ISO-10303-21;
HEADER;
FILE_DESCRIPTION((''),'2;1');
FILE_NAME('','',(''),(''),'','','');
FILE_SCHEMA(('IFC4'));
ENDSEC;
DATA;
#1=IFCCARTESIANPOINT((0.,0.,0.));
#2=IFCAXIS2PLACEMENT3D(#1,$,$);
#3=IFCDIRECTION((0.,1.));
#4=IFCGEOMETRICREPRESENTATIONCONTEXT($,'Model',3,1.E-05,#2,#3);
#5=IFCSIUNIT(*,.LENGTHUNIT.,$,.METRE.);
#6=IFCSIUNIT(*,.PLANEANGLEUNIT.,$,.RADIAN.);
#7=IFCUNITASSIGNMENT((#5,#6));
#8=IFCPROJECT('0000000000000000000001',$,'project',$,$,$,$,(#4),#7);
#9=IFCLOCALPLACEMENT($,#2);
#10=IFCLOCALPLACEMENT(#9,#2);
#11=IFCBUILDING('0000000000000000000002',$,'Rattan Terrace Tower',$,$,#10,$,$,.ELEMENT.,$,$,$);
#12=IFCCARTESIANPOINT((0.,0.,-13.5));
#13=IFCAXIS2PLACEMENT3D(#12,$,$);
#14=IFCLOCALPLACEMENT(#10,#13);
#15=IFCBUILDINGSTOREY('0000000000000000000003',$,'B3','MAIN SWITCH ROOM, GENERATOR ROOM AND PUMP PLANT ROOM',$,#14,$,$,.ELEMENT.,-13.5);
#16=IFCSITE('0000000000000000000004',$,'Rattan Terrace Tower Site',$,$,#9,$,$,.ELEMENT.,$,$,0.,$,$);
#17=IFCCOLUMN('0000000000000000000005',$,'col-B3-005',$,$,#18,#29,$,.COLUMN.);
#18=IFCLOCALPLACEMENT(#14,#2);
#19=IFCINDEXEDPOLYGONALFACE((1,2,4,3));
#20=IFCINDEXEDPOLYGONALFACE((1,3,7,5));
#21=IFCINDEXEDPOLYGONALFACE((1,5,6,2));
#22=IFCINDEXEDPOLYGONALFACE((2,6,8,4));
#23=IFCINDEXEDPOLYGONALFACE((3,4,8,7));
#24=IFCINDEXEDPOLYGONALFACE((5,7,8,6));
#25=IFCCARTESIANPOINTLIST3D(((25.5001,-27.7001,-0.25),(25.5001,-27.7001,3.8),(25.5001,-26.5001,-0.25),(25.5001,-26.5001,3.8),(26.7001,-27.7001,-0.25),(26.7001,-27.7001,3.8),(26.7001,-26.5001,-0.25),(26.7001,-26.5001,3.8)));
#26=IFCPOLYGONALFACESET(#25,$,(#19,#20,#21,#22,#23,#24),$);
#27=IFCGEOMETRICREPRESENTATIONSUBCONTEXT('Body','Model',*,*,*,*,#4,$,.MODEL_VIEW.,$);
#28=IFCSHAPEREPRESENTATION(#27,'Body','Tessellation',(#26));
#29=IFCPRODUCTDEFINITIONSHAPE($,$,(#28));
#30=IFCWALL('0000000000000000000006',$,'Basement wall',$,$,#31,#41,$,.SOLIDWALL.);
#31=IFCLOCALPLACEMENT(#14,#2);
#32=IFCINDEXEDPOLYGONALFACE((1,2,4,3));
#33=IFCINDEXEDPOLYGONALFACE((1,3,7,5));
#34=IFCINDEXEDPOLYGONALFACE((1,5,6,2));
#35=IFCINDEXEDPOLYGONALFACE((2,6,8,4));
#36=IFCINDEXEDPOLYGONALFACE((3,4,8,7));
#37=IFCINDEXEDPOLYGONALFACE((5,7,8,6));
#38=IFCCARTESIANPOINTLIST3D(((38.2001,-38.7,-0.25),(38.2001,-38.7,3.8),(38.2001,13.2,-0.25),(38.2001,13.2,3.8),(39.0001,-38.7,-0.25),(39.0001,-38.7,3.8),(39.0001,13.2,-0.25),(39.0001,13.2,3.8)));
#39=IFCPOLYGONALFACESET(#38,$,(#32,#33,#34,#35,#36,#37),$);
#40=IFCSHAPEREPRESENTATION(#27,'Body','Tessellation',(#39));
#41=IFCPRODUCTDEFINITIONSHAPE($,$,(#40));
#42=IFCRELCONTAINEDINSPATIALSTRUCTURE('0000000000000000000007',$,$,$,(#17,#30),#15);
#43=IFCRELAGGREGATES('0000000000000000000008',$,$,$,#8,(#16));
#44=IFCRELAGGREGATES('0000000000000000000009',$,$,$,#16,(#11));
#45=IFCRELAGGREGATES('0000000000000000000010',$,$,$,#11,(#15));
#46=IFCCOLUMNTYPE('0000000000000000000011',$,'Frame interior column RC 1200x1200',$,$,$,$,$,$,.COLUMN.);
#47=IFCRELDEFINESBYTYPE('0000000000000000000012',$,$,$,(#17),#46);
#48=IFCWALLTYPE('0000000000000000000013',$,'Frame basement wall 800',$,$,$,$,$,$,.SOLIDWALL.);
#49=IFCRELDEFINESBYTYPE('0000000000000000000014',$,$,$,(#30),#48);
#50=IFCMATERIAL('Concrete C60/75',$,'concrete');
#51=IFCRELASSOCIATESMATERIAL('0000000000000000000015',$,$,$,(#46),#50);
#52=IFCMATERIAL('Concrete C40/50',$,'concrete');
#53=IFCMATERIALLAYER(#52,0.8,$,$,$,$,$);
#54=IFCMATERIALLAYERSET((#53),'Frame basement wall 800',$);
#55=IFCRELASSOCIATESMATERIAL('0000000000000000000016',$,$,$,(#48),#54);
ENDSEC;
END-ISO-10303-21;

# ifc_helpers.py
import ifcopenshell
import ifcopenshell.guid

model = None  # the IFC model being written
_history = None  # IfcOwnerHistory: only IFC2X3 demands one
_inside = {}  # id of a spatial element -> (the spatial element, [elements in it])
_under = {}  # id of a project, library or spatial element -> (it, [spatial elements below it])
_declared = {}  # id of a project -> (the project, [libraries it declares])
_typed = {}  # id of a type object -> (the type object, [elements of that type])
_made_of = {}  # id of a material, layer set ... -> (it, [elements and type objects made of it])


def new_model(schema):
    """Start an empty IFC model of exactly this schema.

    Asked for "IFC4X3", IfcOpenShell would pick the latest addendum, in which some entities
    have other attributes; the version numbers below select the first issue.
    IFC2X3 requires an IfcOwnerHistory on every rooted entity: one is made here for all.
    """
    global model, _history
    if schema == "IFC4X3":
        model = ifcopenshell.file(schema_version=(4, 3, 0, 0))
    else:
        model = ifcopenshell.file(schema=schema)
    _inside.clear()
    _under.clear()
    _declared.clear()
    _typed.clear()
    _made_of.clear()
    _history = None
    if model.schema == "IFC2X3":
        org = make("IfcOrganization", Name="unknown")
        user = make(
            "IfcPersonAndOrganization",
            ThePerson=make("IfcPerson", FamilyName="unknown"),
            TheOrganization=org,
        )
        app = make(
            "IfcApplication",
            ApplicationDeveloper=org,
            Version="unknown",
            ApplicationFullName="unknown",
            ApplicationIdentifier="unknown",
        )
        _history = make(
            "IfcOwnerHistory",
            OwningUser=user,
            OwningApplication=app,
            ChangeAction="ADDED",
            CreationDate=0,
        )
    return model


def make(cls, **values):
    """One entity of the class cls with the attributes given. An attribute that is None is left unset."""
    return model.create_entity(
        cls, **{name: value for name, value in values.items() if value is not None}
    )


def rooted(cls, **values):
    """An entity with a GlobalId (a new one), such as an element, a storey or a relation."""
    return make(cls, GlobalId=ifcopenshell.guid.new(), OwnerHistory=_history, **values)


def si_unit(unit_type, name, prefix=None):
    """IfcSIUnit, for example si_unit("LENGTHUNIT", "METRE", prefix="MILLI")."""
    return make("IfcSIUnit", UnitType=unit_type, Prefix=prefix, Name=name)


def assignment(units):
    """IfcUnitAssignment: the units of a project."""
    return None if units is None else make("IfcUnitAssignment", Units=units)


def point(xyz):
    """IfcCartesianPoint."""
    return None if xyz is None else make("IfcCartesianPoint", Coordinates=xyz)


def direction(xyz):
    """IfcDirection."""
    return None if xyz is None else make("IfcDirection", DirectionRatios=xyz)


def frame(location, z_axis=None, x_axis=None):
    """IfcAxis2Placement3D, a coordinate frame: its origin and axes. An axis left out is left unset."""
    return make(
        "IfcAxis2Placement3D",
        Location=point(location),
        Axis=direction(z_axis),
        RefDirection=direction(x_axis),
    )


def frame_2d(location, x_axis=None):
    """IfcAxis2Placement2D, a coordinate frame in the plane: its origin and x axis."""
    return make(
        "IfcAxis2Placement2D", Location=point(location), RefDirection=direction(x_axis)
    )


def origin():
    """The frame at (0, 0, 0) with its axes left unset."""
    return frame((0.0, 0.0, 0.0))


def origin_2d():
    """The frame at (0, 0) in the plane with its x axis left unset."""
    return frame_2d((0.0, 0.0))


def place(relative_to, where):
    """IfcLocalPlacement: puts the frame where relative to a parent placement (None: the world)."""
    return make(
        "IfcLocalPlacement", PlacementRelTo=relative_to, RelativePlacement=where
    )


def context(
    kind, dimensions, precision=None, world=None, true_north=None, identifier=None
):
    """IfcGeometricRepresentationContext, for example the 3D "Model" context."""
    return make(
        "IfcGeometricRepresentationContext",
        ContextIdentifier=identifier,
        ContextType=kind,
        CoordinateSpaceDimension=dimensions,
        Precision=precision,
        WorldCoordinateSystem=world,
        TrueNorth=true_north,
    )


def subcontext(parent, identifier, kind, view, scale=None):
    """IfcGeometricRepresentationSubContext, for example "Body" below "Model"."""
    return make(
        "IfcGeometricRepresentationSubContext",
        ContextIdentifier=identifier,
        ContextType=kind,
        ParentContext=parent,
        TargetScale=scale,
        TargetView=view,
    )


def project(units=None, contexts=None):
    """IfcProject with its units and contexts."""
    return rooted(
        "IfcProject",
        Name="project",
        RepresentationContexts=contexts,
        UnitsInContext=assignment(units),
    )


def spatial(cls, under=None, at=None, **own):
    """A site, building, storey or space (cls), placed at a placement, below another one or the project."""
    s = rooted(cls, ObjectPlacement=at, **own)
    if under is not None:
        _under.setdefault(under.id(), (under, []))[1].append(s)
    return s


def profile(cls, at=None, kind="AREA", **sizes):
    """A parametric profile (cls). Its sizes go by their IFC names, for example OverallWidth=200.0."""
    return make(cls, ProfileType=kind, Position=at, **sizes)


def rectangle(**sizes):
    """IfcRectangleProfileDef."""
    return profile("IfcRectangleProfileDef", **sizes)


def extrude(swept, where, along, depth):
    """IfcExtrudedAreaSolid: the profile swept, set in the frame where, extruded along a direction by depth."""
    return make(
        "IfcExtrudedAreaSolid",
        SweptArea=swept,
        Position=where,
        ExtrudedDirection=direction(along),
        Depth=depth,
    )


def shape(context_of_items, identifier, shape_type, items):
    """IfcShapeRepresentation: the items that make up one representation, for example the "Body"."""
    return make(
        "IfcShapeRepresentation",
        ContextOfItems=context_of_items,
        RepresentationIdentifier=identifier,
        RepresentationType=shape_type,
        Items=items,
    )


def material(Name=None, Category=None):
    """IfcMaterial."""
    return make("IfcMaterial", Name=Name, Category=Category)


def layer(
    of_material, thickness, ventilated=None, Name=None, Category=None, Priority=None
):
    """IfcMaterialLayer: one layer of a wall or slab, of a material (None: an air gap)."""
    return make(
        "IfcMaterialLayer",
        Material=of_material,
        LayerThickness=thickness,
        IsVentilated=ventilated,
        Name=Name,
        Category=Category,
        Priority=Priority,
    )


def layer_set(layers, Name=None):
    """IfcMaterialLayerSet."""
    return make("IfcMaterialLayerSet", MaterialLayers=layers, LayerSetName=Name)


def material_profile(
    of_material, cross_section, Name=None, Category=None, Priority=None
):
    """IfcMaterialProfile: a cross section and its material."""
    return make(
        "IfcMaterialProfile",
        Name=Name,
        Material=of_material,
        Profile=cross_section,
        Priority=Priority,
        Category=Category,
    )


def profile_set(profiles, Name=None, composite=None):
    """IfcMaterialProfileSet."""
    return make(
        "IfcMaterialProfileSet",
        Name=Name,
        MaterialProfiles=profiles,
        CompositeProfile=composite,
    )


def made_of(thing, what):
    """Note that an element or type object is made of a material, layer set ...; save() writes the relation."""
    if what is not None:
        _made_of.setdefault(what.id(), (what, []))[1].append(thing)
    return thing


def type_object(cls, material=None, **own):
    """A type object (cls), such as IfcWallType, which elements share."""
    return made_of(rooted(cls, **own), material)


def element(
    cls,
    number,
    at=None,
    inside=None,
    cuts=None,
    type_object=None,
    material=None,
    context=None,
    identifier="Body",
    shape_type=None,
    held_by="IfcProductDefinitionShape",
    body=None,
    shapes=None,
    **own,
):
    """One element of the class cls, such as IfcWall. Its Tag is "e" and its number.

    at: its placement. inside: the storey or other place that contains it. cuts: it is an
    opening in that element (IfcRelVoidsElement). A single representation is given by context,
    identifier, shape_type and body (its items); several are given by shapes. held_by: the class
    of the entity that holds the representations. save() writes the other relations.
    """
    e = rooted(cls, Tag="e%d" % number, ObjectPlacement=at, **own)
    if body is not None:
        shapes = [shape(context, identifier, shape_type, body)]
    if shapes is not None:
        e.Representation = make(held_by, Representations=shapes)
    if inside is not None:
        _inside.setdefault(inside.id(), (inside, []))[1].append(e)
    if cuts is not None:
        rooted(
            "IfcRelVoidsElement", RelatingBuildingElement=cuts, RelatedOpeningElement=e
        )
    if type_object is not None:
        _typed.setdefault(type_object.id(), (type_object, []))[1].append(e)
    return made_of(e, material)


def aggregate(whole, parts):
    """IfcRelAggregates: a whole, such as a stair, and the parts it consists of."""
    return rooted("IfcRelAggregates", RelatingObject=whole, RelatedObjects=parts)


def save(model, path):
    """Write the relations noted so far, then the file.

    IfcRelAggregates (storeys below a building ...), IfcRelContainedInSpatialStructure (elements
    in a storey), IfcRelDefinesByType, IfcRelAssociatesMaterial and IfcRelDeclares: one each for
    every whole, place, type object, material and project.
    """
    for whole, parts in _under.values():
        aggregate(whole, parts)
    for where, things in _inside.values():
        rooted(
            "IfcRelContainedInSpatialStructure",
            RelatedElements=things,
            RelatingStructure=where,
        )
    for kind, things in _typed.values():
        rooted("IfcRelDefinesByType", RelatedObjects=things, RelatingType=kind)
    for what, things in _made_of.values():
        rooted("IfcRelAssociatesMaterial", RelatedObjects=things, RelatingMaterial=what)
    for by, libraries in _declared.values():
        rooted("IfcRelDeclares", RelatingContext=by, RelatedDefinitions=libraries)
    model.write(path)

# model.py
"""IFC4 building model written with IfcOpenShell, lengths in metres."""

from ifc_helpers import new_model, si_unit, direction, frame, frame_2d, origin, origin_2d, place, context, subcontext, project, spatial, rectangle, extrude, material, layer, layer_set, material_profile, profile_set, type_object, element, save


model = new_model("IFC4")

# Units and contexts
model_context = context("Model", 3, precision=1e-05, world=origin(), true_north=direction((0.0, 1.0)))
body_context = subcontext(model_context, "Body", "Model", "MODEL_VIEW")
ifc_project = project(units=[si_unit("LENGTHUNIT", "METRE"), si_unit("PLANEANGLEUNIT", "RADIAN")], contexts=[model_context])

# Site, building, storey
site_placement = place(None, origin())
site = spatial("IfcSite", under=ifc_project, at=site_placement, Name="Rattan Terrace Tower Site", CompositionType="ELEMENT", RefElevation=0.0)
building_placement = place(site_placement, origin())
building = spatial("IfcBuilding", under=site, at=building_placement, Name="Rattan Terrace Tower", CompositionType="ELEMENT")
storey_placement = place(building_placement, frame((0.0, 0.0, -13.5)))
storey = spatial("IfcBuildingStorey", under=building, at=storey_placement, Name="B3", Description="MAIN SWITCH ROOM, GENERATOR ROOM AND PUMP PLANT ROOM", CompositionType="ELEMENT", Elevation=-13.5)

# Column
ifc_material_1 = material(Name="Concrete C60/75", Category="concrete")
ifc_material_profile_1 = material_profile(ifc_material_1, rectangle(XDim=1.2, YDim=1.2, at=origin_2d()), Name="RC 1200x1200")
ifc_profile_set_1 = profile_set([ifc_material_profile_1], Name="Concrete C60/75")
column_type_1 = type_object("IfcColumnType", Name="Frame interior column RC 1200x1200", PredefinedType="COLUMN", material=ifc_profile_set_1)
column_placement = place(storey_placement, frame((26.1001, -27.1001, -0.25), z_axis=(0.0, 0.0, 1.0), x_axis=(1.0, 0.0, 0.0)))
element("IfcColumn", 1, at=column_placement, inside=storey, type_object=column_type_1, Name="col-B3-005", PredefinedType="COLUMN", context=body_context, shape_type="SweptSolid", body=[
    extrude(rectangle(XDim=1.2, YDim=1.2, at=origin_2d()), origin(), (0.0, 0.0, 1.0), 4.05),
])

# Wall
ifc_material_2 = material(Name="Concrete C40/50", Category="concrete")
ifc_layer = layer(ifc_material_2, 0.8)
ifc_layer_set = layer_set([ifc_layer], Name="Frame basement wall 800")
wall_type = type_object("IfcWallType", Name="Frame basement wall 800", PredefinedType="SOLIDWALL", material=ifc_layer_set)
wall_placement = place(storey_placement, frame((38.6001, -38.7, -0.25), z_axis=(0.0, 0.0, 1.0), x_axis=(0.0, 1.0, 0.0)))
element("IfcWall", 2, at=wall_placement, inside=storey, type_object=wall_type, Name="Basement wall", PredefinedType="SOLIDWALL", context=body_context, shape_type="SweptSolid", body=[
    extrude(rectangle(XDim=51.8999, YDim=0.8, at=frame_2d((25.95, 0.0))), origin(), (0.0, 0.0, 1.0), 4.05),
])

save(model, "model.ifc")
